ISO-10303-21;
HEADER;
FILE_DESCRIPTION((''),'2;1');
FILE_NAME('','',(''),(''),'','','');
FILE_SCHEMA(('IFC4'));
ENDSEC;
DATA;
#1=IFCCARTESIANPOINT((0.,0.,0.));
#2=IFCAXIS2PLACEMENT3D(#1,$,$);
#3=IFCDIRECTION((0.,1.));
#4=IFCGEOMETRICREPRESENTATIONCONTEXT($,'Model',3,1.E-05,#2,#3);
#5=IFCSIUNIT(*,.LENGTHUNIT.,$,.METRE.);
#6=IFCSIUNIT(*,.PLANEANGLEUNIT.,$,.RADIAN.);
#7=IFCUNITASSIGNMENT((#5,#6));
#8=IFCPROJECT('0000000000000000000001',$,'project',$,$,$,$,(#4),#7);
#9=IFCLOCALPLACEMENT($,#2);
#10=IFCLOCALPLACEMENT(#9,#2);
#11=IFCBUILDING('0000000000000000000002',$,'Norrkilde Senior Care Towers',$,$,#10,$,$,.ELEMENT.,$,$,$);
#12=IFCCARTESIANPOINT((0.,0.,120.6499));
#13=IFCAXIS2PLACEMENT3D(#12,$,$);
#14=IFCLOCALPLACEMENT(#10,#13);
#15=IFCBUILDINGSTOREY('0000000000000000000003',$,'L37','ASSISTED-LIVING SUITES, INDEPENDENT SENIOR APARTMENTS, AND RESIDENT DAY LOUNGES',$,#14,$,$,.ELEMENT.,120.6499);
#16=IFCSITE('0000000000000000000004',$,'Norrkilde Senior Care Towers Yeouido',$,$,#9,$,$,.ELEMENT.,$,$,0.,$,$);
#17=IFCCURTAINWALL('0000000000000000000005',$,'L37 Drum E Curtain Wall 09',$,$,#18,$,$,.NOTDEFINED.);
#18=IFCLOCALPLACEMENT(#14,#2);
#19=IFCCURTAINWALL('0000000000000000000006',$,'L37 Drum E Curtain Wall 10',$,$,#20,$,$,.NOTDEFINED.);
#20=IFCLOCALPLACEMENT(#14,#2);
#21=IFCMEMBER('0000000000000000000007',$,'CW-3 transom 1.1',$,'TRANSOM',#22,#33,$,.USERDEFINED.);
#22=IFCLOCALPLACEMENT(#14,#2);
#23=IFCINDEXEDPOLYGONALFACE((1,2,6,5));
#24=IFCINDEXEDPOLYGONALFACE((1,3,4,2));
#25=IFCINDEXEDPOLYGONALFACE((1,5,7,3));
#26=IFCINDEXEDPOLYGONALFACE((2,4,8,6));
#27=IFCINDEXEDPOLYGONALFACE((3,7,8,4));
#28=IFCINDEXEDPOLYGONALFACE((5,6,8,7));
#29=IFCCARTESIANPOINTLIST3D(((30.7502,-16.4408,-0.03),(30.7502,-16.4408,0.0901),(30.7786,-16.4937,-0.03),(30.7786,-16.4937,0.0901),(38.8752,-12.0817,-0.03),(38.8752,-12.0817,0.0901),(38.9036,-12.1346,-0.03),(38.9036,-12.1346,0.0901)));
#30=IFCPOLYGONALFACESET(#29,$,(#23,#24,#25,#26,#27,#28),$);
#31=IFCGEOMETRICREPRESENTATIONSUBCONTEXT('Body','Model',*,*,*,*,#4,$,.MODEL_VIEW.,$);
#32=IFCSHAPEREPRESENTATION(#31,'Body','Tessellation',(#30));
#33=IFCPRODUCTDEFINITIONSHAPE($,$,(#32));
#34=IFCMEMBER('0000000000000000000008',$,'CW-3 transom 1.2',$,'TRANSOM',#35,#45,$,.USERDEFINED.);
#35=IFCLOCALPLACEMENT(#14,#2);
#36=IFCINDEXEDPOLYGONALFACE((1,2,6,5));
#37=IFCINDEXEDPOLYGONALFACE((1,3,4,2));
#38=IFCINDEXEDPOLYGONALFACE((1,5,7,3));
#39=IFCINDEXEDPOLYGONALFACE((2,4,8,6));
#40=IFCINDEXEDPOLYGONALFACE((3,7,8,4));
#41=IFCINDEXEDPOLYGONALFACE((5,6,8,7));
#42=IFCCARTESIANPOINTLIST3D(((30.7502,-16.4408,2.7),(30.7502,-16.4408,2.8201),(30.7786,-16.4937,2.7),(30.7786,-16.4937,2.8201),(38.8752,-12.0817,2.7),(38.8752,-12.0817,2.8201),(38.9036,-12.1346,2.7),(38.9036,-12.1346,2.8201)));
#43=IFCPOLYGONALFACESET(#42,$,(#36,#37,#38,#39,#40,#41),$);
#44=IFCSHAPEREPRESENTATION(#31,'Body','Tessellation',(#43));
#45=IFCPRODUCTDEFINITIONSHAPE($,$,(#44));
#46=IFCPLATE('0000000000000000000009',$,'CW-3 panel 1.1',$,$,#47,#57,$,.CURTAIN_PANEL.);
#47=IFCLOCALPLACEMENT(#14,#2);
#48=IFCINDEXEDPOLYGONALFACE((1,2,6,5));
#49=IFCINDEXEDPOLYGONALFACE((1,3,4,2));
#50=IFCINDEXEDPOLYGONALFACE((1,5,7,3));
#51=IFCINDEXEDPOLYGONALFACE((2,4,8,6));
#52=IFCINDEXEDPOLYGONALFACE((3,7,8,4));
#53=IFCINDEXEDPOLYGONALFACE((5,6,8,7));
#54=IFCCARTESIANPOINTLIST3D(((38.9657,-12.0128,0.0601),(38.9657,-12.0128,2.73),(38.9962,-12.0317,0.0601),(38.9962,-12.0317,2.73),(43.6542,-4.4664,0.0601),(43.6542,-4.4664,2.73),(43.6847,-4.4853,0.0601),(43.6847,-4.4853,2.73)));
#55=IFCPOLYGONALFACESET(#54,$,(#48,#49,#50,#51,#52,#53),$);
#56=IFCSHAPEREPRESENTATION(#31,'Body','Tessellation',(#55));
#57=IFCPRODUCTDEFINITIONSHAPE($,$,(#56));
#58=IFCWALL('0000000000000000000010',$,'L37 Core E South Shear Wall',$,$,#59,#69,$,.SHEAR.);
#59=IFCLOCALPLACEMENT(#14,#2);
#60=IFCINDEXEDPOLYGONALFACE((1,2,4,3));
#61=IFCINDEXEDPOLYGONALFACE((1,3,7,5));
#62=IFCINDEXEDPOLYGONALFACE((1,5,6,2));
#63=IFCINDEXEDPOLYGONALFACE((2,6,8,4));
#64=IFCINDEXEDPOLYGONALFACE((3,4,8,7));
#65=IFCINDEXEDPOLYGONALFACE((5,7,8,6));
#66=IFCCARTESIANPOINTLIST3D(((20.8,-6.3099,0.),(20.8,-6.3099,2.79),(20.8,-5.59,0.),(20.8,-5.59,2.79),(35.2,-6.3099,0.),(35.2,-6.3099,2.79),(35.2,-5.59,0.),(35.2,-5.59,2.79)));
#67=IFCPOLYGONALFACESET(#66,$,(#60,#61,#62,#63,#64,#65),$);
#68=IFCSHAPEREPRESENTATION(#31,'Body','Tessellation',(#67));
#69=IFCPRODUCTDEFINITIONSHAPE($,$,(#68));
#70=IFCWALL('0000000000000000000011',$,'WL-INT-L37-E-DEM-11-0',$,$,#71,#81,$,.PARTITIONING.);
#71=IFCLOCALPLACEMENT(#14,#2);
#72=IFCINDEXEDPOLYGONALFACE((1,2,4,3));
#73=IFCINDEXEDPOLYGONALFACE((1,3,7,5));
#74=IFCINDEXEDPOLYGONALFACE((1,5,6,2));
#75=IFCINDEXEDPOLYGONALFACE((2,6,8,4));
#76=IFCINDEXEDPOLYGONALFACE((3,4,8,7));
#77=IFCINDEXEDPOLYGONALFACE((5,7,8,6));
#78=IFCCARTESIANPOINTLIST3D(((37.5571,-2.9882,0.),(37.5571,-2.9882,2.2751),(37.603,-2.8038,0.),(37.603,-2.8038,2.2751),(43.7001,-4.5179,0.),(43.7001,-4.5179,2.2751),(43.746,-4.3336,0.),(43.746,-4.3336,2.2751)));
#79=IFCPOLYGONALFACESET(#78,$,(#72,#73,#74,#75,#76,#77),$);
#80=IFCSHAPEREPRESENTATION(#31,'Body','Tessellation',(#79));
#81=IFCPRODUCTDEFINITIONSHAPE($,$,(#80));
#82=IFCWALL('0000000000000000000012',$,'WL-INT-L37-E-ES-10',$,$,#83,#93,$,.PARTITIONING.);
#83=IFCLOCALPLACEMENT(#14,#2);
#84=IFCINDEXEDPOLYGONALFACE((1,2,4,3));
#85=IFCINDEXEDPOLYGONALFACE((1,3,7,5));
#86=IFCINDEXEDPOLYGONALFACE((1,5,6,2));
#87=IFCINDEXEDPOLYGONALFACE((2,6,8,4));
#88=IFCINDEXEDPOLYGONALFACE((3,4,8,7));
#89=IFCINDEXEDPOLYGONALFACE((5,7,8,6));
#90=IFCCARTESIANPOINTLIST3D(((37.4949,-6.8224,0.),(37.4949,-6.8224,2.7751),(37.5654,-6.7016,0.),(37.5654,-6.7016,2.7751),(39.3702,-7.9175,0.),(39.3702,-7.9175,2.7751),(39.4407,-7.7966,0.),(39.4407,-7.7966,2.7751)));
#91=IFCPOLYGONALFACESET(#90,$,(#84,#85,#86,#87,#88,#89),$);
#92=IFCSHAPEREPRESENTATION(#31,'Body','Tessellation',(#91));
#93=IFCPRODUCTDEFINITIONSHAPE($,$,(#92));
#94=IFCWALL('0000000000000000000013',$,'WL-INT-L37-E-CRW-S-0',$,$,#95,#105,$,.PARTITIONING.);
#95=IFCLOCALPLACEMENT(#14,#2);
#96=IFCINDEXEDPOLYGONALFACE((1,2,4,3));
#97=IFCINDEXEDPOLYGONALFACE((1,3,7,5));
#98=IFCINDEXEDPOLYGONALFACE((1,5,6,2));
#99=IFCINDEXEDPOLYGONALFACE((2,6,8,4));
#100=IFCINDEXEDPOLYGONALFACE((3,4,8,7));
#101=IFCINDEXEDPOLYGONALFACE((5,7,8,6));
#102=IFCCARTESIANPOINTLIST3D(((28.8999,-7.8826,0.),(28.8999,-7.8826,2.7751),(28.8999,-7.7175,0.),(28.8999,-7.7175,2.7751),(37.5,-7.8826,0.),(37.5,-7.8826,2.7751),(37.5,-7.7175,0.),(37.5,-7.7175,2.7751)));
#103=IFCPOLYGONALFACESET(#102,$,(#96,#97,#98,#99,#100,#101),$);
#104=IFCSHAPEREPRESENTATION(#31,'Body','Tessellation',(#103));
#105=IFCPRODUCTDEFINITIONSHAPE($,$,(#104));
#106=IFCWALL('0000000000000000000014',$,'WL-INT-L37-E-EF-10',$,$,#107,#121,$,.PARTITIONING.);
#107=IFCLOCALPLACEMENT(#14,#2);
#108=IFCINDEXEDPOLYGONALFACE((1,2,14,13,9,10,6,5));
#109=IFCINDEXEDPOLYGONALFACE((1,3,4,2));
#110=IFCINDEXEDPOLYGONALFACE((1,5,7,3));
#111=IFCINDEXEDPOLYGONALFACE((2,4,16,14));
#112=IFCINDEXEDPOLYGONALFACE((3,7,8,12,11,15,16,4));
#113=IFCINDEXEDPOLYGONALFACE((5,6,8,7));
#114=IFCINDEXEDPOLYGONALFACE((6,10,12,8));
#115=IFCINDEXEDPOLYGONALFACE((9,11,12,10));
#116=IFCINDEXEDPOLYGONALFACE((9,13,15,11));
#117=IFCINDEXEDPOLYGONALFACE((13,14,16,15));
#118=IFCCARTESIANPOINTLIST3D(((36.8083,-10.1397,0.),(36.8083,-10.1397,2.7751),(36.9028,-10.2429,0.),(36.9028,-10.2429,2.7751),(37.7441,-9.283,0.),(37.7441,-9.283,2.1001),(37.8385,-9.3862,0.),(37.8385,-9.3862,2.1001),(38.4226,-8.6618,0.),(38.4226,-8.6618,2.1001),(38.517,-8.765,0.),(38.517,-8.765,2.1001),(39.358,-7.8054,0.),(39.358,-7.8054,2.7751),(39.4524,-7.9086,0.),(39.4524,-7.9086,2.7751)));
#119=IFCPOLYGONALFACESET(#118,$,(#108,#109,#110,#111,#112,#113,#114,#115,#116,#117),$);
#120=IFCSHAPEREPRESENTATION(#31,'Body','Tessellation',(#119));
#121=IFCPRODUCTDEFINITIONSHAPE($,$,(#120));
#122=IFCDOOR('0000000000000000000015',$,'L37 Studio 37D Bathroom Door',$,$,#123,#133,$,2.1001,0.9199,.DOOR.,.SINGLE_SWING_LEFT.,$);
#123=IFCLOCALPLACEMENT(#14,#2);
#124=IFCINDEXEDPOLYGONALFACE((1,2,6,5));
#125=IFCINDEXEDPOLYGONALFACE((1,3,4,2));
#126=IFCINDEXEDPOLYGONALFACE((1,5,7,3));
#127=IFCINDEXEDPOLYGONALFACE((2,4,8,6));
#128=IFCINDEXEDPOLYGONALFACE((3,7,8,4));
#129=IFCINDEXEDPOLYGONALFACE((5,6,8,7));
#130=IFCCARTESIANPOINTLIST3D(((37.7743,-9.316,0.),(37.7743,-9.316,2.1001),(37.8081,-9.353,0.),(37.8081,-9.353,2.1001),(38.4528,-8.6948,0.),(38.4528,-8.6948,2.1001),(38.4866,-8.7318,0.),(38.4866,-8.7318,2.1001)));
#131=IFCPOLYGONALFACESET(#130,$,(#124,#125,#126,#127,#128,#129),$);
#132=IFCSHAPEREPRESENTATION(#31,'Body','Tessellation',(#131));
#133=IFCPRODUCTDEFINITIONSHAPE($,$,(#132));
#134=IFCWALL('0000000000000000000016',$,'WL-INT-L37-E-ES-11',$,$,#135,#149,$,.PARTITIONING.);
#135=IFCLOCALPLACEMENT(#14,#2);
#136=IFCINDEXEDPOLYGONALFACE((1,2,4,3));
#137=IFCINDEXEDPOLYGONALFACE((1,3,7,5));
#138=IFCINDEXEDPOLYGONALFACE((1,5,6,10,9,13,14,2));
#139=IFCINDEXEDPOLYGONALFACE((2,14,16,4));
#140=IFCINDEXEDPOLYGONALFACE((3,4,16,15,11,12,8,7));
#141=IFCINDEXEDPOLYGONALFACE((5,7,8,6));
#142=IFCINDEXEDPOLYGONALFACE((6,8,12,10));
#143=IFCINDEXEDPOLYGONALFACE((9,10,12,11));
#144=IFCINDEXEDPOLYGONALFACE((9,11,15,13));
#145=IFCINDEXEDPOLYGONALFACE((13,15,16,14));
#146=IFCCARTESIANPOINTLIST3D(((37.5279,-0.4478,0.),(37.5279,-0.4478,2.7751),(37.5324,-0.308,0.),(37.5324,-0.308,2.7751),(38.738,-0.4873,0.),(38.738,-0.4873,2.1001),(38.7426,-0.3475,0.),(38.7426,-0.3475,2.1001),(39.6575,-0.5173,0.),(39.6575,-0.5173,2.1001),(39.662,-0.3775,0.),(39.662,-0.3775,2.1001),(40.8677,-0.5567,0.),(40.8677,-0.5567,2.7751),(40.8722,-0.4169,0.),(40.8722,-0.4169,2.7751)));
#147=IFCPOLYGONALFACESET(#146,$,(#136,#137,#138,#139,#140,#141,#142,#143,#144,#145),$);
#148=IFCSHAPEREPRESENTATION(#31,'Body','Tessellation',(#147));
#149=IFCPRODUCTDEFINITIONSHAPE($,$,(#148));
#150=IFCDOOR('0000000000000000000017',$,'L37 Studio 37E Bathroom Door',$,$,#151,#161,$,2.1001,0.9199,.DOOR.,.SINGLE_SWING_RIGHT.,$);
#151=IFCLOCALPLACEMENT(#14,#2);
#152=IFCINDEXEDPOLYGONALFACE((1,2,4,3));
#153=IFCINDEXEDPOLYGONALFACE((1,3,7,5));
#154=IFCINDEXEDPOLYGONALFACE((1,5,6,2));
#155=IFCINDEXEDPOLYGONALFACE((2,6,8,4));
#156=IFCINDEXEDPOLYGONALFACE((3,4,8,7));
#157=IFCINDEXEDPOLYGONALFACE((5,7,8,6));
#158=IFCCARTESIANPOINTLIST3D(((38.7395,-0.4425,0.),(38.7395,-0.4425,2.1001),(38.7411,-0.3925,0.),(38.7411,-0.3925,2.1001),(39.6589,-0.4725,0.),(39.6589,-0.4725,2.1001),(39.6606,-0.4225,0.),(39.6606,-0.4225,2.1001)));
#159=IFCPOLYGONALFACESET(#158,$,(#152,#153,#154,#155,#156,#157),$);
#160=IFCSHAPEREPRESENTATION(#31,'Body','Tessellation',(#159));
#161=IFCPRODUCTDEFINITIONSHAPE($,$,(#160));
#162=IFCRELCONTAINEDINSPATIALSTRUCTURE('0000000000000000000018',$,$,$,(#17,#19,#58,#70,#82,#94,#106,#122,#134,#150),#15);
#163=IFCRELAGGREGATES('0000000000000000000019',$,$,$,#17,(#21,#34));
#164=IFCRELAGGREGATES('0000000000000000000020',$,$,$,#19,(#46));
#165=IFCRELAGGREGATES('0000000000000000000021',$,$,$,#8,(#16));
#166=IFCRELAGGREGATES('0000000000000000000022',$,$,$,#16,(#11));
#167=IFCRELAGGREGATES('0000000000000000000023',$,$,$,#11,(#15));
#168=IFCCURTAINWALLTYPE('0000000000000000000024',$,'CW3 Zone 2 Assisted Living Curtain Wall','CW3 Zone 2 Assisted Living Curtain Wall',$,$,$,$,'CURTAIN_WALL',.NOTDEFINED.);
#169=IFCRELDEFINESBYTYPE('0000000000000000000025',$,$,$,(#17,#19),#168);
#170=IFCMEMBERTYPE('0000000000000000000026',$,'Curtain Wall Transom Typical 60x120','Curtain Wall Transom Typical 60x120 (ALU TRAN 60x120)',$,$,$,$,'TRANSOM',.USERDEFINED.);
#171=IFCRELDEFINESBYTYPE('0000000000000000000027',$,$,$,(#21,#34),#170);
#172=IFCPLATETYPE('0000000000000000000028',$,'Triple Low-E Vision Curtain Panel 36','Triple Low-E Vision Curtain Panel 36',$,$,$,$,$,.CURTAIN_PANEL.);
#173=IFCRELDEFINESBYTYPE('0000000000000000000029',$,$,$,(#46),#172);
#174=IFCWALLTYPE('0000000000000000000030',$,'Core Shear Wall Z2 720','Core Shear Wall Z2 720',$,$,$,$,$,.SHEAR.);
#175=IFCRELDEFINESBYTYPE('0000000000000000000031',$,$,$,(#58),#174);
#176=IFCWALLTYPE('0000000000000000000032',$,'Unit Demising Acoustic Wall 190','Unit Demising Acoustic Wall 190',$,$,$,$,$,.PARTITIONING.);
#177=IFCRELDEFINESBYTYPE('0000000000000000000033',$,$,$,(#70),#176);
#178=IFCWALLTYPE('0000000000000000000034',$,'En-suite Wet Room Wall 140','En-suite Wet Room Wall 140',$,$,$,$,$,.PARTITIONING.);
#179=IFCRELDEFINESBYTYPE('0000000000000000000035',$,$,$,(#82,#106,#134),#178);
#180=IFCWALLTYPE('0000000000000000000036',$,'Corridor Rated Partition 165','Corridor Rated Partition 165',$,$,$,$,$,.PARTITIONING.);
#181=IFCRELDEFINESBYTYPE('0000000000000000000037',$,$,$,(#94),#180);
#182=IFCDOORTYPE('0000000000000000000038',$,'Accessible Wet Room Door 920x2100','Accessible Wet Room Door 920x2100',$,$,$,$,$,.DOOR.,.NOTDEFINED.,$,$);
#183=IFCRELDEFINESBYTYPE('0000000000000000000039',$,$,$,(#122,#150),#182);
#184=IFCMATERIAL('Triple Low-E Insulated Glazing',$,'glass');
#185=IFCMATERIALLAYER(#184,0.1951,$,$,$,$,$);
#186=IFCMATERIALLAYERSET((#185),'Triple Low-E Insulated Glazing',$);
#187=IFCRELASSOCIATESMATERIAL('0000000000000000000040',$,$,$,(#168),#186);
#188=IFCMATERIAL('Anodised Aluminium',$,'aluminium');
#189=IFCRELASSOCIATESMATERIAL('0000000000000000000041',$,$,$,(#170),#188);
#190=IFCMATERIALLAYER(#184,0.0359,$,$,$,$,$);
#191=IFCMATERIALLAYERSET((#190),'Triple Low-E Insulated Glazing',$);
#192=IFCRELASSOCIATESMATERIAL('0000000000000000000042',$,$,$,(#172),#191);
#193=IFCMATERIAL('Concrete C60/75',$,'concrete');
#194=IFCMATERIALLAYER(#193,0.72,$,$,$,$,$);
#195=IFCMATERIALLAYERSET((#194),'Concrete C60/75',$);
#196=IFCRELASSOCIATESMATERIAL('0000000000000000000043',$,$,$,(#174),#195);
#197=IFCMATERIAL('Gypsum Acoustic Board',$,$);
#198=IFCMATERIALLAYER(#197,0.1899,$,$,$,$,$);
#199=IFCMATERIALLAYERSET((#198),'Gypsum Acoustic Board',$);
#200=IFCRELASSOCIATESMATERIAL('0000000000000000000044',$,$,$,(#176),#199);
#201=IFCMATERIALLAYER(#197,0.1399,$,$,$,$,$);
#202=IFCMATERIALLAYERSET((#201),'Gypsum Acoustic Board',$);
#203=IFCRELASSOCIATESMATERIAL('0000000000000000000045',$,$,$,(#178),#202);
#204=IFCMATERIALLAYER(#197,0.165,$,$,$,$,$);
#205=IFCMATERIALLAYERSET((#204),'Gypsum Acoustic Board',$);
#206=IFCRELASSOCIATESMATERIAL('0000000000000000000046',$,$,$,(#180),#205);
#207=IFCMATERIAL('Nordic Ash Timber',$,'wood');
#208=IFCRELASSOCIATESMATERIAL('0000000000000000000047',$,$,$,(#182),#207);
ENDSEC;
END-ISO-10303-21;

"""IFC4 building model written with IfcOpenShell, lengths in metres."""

from ifc_helpers import new_model, si_unit, direction, frame, frame_2d, origin, origin_2d, place, context, subcontext, project, spatial, rectangle, extrude, source, transform, mapped, material, layer, layer_set, material_profile, profile_set, type_object, type_shapes, element, fill, aggregate, save


model = new_model("IFC4")

# Units and contexts
model_context = context("Model", 3, precision=1e-05, world=origin(), true_north=direction((0.0, 1.0)))
body_context = subcontext(model_context, "Body", "Model", "MODEL_VIEW")
ifc_project = project(units=[si_unit("LENGTHUNIT", "METRE"), si_unit("PLANEANGLEUNIT", "RADIAN")], contexts=[model_context])

# Site, building, storey
site_placement = place(None, origin())
site = spatial("IfcSite", under=ifc_project, at=site_placement, Name="Norrkilde Senior Care Towers Yeouido", CompositionType="ELEMENT", RefElevation=0.0)
building_placement = place(site_placement, origin())
building = spatial("IfcBuilding", under=site, at=building_placement, Name="Norrkilde Senior Care Towers", CompositionType="ELEMENT")
storey_placement = place(building_placement, frame((0.0, 0.0, 120.6499)))
storey = spatial("IfcBuildingStorey", under=building, at=storey_placement, Name="L37", Description="ASSISTED-LIVING SUITES, INDEPENDENT SENIOR APARTMENTS, AND RESIDENT DAY LOUNGES", CompositionType="ELEMENT", Elevation=120.6499)

# Shared definitions
ifc_material_1 = material(Name="Concrete C60/75", Category="concrete")

# Curtain wall
ifc_material_2 = material(Name="Triple Low-E Insulated Glazing", Category="glass")
ifc_layer_1 = layer(ifc_material_2, 0.1951)
ifc_layer_set_1 = layer_set([ifc_layer_1], Name="Triple Low-E Insulated Glazing")
curtain_wall_type = type_object("IfcCurtainWallType", Name="CW3 Zone 2 Assisted Living Curtain Wall", Description="CW3 Zone 2 Assisted Living Curtain Wall", ElementType="CURTAIN_WALL", PredefinedType="NOTDEFINED", material=ifc_layer_set_1)
curtain_wall_1_placement = place(storey_placement, origin())
curtain_wall_1 = element("IfcCurtainWall", 1, at=curtain_wall_1_placement, inside=storey, type_object=curtain_wall_type, Name="L37 Drum E Curtain Wall 09", PredefinedType="NOTDEFINED")
ifc_material_3 = material(Name="Anodised Aluminium", Category="aluminium")

# Curtain wall
curtain_wall_2_placement = place(storey_placement, origin())
curtain_wall_2 = element("IfcCurtainWall", 2, at=curtain_wall_2_placement, inside=storey, type_object=curtain_wall_type, Name="L37 Drum E Curtain Wall 10", PredefinedType="NOTDEFINED")

# Members
ifc_material_profile_1 = material_profile(ifc_material_3, rectangle(XDim=0.0601, YDim=0.1201, at=origin_2d()), Name="ALU TRAN 60x120")
ifc_profile_set_1 = profile_set([ifc_material_profile_1], Name="Anodised Aluminium")
member_type_1 = type_object("IfcMemberType", Name="Curtain Wall Transom Typical 60x120", Description="Curtain Wall Transom Typical 60x120 (ALU TRAN 60x120)", ElementType="TRANSOM", PredefinedType="USERDEFINED", material=ifc_profile_set_1)
shared_shape_1 = source(origin(), body_context, "Body", "SweptSolid", [
    extrude(rectangle(XDim=0.0601, YDim=0.1201, at=origin_2d()), origin(), (0.0, 0.0, 1.0), 9.2205),
])
member_1_placement = place(storey_placement, frame((38.8894, -12.1082, 0.03), z_axis=(-0.881189, -0.472765, 0.0), x_axis=(0.472765, -0.881189, 0.0)))
member_1 = element("IfcMember", 3, at=member_1_placement, type_object=member_type_1, Name="CW-3 transom 1.1", ObjectType="TRANSOM", PredefinedType="USERDEFINED", context=body_context, shape_type="MappedRepresentation", body=[
    mapped(shared_shape_1, transform((0.0, 0.0, 0.0), x_axis=(1.0, 0.0, 0.0), y_axis=(0.0, 1.0, 0.0), z_axis=(0.0, 0.0, 1.0), scale=1.0)),
])
member_2_placement = place(storey_placement, frame((38.8894, -12.1082, 2.76), z_axis=(-0.881189, -0.472765, 0.0), x_axis=(0.472765, -0.881189, 0.0)))
member_2 = element("IfcMember", 4, at=member_2_placement, type_object=member_type_1, Name="CW-3 transom 1.2", ObjectType="TRANSOM", PredefinedType="USERDEFINED", context=body_context, shape_type="MappedRepresentation", body=[
    mapped(shared_shape_1, transform((0.0, 0.0, 0.0), x_axis=(1.0, 0.0, 0.0), y_axis=(0.0, 1.0, 0.0), z_axis=(0.0, 0.0, 1.0), scale=1.0)),
])
aggregate(curtain_wall_1, [member_1, member_2])

# Plate
ifc_layer_2 = layer(ifc_material_2, 0.0359)
ifc_layer_set_2 = layer_set([ifc_layer_2], Name="Triple Low-E Insulated Glazing")
plate_type = type_object("IfcPlateType", Name="Triple Low-E Vision Curtain Panel 36", Description="Triple Low-E Vision Curtain Panel 36", PredefinedType="CURTAIN_PANEL", material=ifc_layer_set_2)
shared_shape_2 = source(origin(), body_context, "Body", "SweptSolid", [
    extrude(rectangle(XDim=8.8843, YDim=0.0359, at=origin_2d()), origin(), (0.0, 0.0, 1.0), 2.6699),
])
type_shapes(plate_type, [shared_shape_2])
plate_placement = place(storey_placement, frame((41.3252, -8.249, 0.0601), z_axis=(0.0, 0.0, 1.0), x_axis=(-0.527733, -0.84941, 0.0)))
plate = element("IfcPlate", 5, at=plate_placement, type_object=plate_type, Name="CW-3 panel 1.1", PredefinedType="CURTAIN_PANEL", context=body_context, shape_type="MappedRepresentation", body=[
    mapped(shared_shape_2, transform((0.0, 0.0, 0.0), x_axis=(1.0, 0.0, 0.0), y_axis=(0.0, 1.0, 0.0), z_axis=(0.0, 0.0, 1.0), scale=1.0)),
])
aggregate(curtain_wall_2, [plate])

# Walls
ifc_layer_3 = layer(ifc_material_1, 0.72)
ifc_layer_set_3 = layer_set([ifc_layer_3], Name="Concrete C60/75")
wall_type_1 = type_object("IfcWallType", Name="Core Shear Wall Z2 720", Description="Core Shear Wall Z2 720", PredefinedType="SHEAR", material=ifc_layer_set_3)
shared_shape_3 = source(origin(), body_context, "Body", "SweptSolid", [
    extrude(rectangle(XDim=14.3999, YDim=0.72, at=frame_2d((7.2, 0.0))), origin(), (0.0, 0.0, 1.0), 2.79),
])
type_shapes(wall_type_1, [shared_shape_3])
wall_1_placement = place(storey_placement, frame((35.2, -5.95, 0.0), z_axis=(0.0, 0.0, 1.0), x_axis=(-1.0, 0.0, 0.0)))
element("IfcWall", 6, at=wall_1_placement, inside=storey, type_object=wall_type_1, Name="L37 Core E South Shear Wall", PredefinedType="SHEAR", context=body_context, shape_type="MappedRepresentation", body=[
    mapped(shared_shape_3, transform((0.0, 0.0, 0.0), x_axis=(1.0, 0.0, 0.0), y_axis=(0.0, 1.0, 0.0), z_axis=(0.0, 0.0, 1.0), scale=1.0)),
])
ifc_material_4 = material(Name="Gypsum Acoustic Board")
ifc_layer_4 = layer(ifc_material_4, 0.1899)
ifc_layer_set_4 = layer_set([ifc_layer_4], Name="Gypsum Acoustic Board")
wall_type_2 = type_object("IfcWallType", Name="Unit Demising Acoustic Wall 190", Description="Unit Demising Acoustic Wall 190", PredefinedType="PARTITIONING", material=ifc_layer_set_4)
shared_shape_4 = source(origin(), body_context, "Body", "SweptSolid", [
    extrude(rectangle(XDim=6.3306, YDim=0.1899, at=frame_2d((3.1653, 0.0))), origin(), (0.0, 0.0, 1.0), 2.2751),
])
type_shapes(wall_type_2, [shared_shape_4])
wall_2_placement = place(storey_placement, frame((37.5801, -2.896, 0.0), z_axis=(0.0, 0.0, 1.0), x_axis=(0.970364, -0.241646, 0.0)))
element("IfcWall", 7, at=wall_2_placement, inside=storey, type_object=wall_type_2, Name="WL-INT-L37-E-DEM-11-0", PredefinedType="PARTITIONING", context=body_context, shape_type="MappedRepresentation", body=[
    mapped(shared_shape_4, transform((0.0, 0.0, 0.0), x_axis=(1.0, 0.0, 0.0), y_axis=(0.0, 1.0, 0.0), z_axis=(0.0, 0.0, 1.0), scale=1.0)),
])
ifc_layer_5 = layer(ifc_material_4, 0.1399)
ifc_layer_set_5 = layer_set([ifc_layer_5], Name="Gypsum Acoustic Board")
wall_type_3 = type_object("IfcWallType", Name="En-suite Wet Room Wall 140", Description="En-suite Wet Room Wall 140", PredefinedType="PARTITIONING", material=ifc_layer_set_5)
shared_shape_5 = source(origin(), body_context, "Body", "SweptSolid", [
    extrude(rectangle(XDim=2.1716, YDim=0.1399, at=frame_2d((1.0859, 0.0))), origin(), (0.0, 0.0, 1.0), 2.7751),
])
wall_3_placement = place(storey_placement, frame((37.53, -6.762, 0.0), z_axis=(0.0, 0.0, 1.0), x_axis=(0.863563, -0.504241, 0.0)))
element("IfcWall", 8, at=wall_3_placement, inside=storey, type_object=wall_type_3, Name="WL-INT-L37-E-ES-10", PredefinedType="PARTITIONING", context=body_context, shape_type="MappedRepresentation", body=[
    mapped(shared_shape_5, transform((0.0, 0.0, 0.0), x_axis=(1.0, 0.0, 0.0), y_axis=(0.0, 1.0, 0.0), z_axis=(0.0, 0.0, 1.0), scale=1.0)),
])
ifc_layer_6 = layer(ifc_material_4, 0.165)
ifc_layer_set_6 = layer_set([ifc_layer_6], Name="Gypsum Acoustic Board")
wall_type_4 = type_object("IfcWallType", Name="Corridor Rated Partition 165", Description="Corridor Rated Partition 165", PredefinedType="PARTITIONING", material=ifc_layer_set_6)
shared_shape_6 = source(origin(), body_context, "Body", "SweptSolid", [
    extrude(rectangle(XDim=8.6001, YDim=0.165, at=frame_2d((4.3, 0.0))), origin(), (0.0, 0.0, 1.0), 2.7751),
])
type_shapes(wall_type_4, [shared_shape_6])
wall_4_placement = place(storey_placement, frame((37.5, -7.8, 0.0), z_axis=(0.0, 0.0, 1.0), x_axis=(-1.0, 0.0, 0.0)))
element("IfcWall", 9, at=wall_4_placement, inside=storey, type_object=wall_type_4, Name="WL-INT-L37-E-CRW-S-0", PredefinedType="PARTITIONING", context=body_context, shape_type="MappedRepresentation", body=[
    mapped(shared_shape_6, transform((0.0, 0.0, 0.0), x_axis=(1.0, 0.0, 0.0), y_axis=(0.0, 1.0, 0.0), z_axis=(0.0, 0.0, 1.0), scale=1.0)),
])

# Walls, openings, doors
shared_shape_7 = source(origin(), body_context, "Body", "SweptSolid", [
    extrude(rectangle(XDim=3.4568, YDim=0.1399, at=frame_2d((1.7285, 0.0))), origin(), (0.0, 0.0, 1.0), 2.7751),
])
wall_5_placement = place(storey_placement, frame((39.4053, -7.8569, 0.0), z_axis=(0.0, 0.0, 1.0), x_axis=(-0.737567, -0.675274, 0.0)))
wall_5 = element("IfcWall", 10, at=wall_5_placement, inside=storey, type_object=wall_type_3, Name="WL-INT-L37-E-EF-10", PredefinedType="PARTITIONING", context=body_context, shape_type="MappedRepresentation", body=[
    mapped(shared_shape_7, transform((0.0, 0.0, 0.0), x_axis=(1.0, 0.0, 0.0), y_axis=(0.0, 1.0, 0.0), z_axis=(0.0, 0.0, 1.0), scale=1.0)),
])
opening_1_placement = place(wall_5_placement, frame((1.2683, 0.0, 0.0)))
opening_1 = element("IfcOpeningElement", 11, at=opening_1_placement, cuts=wall_5, PredefinedType="OPENING", context=body_context, shape_type="SweptSolid", body=[
    extrude(rectangle(XDim=0.9199, YDim=2.1001, at=frame_2d((0.46, 1.05))), frame((0.0, 0.0798, 0.0), z_axis=(0.0, -1.0, 0.0), x_axis=(1.0, 0.0, 0.0)), (0.0, 0.0, 1.0), 0.1599),
])
ifc_material_5 = material(Name="Nordic Ash Timber", Category="wood")
door_type = type_object("IfcDoorType", Name="Accessible Wet Room Door 920x2100", Description="Accessible Wet Room Door 920x2100", OperationType="NOTDEFINED", PredefinedType="DOOR", material=ifc_material_5)
shared_shape_8 = source(origin(), body_context, "Body", "SweptSolid", [
    extrude(rectangle(XDim=0.9199, YDim=2.1001, at=frame_2d((0.46, 1.05))), frame((0.0, 0.0249, 0.0), z_axis=(0.0, -1.0, 0.0), x_axis=(1.0, 0.0, 0.0)), (0.0, 0.0, 1.0), 0.05),
])
type_shapes(door_type, [shared_shape_8])
door_1_placement = place(opening_1_placement, origin())
door_1 = element("IfcDoor", 12, at=door_1_placement, inside=storey, type_object=door_type, Name="L37 Studio 37D Bathroom Door", OperationType="SINGLE_SWING_LEFT", OverallHeight=2.1001, OverallWidth=0.9199, PredefinedType="DOOR", context=body_context, shape_type="MappedRepresentation", body=[
    mapped(shared_shape_8, transform((0.0, 0.0, 0.0), x_axis=(1.0, 0.0, 0.0), y_axis=(0.0, 1.0, 0.0), z_axis=(0.0, 0.0, 1.0), scale=1.0)),
])
fill(opening_1, door_1)
shared_shape_9 = source(origin(), body_context, "Body", "SweptSolid", [
    extrude(rectangle(XDim=3.3416, YDim=0.1399, at=frame_2d((1.6709, 0.0))), origin(), (0.0, 0.0, 1.0), 2.7751),
])
wall_6_placement = place(storey_placement, frame((37.53, -0.3779, 0.0), z_axis=(0.0, 0.0, 1.0), x_axis=(0.999469, -0.032585, 0.0)))
wall_6 = element("IfcWall", 13, at=wall_6_placement, inside=storey, type_object=wall_type_3, Name="WL-INT-L37-E-ES-11", PredefinedType="PARTITIONING", context=body_context, shape_type="MappedRepresentation", body=[
    mapped(shared_shape_9, transform((0.0, 0.0, 0.0), x_axis=(1.0, 0.0, 0.0), y_axis=(0.0, 1.0, 0.0), z_axis=(0.0, 0.0, 1.0), scale=1.0)),
])
opening_2_placement = place(wall_6_placement, frame((1.2109, 0.0, 0.0)))
opening_2 = element("IfcOpeningElement", 14, at=opening_2_placement, cuts=wall_6, PredefinedType="OPENING", context=body_context, shape_type="SweptSolid", body=[
    extrude(rectangle(XDim=0.9199, YDim=2.1001, at=frame_2d((0.46, 1.05))), frame((0.0, 0.0798, 0.0), z_axis=(0.0, -1.0, 0.0), x_axis=(1.0, 0.0, 0.0)), (0.0, 0.0, 1.0), 0.1599),
])
door_2_placement = place(opening_2_placement, origin())
door_2 = element("IfcDoor", 15, at=door_2_placement, inside=storey, type_object=door_type, Name="L37 Studio 37E Bathroom Door", OperationType="SINGLE_SWING_RIGHT", OverallHeight=2.1001, OverallWidth=0.9199, PredefinedType="DOOR", context=body_context, shape_type="MappedRepresentation", body=[
    mapped(shared_shape_8, transform((0.0, 0.0, 0.0), x_axis=(1.0, 0.0, 0.0), y_axis=(0.0, 1.0, 0.0), z_axis=(0.0, 0.0, 1.0), scale=1.0)),
])
fill(opening_2, door_2)

save(model, "model.ifc")
